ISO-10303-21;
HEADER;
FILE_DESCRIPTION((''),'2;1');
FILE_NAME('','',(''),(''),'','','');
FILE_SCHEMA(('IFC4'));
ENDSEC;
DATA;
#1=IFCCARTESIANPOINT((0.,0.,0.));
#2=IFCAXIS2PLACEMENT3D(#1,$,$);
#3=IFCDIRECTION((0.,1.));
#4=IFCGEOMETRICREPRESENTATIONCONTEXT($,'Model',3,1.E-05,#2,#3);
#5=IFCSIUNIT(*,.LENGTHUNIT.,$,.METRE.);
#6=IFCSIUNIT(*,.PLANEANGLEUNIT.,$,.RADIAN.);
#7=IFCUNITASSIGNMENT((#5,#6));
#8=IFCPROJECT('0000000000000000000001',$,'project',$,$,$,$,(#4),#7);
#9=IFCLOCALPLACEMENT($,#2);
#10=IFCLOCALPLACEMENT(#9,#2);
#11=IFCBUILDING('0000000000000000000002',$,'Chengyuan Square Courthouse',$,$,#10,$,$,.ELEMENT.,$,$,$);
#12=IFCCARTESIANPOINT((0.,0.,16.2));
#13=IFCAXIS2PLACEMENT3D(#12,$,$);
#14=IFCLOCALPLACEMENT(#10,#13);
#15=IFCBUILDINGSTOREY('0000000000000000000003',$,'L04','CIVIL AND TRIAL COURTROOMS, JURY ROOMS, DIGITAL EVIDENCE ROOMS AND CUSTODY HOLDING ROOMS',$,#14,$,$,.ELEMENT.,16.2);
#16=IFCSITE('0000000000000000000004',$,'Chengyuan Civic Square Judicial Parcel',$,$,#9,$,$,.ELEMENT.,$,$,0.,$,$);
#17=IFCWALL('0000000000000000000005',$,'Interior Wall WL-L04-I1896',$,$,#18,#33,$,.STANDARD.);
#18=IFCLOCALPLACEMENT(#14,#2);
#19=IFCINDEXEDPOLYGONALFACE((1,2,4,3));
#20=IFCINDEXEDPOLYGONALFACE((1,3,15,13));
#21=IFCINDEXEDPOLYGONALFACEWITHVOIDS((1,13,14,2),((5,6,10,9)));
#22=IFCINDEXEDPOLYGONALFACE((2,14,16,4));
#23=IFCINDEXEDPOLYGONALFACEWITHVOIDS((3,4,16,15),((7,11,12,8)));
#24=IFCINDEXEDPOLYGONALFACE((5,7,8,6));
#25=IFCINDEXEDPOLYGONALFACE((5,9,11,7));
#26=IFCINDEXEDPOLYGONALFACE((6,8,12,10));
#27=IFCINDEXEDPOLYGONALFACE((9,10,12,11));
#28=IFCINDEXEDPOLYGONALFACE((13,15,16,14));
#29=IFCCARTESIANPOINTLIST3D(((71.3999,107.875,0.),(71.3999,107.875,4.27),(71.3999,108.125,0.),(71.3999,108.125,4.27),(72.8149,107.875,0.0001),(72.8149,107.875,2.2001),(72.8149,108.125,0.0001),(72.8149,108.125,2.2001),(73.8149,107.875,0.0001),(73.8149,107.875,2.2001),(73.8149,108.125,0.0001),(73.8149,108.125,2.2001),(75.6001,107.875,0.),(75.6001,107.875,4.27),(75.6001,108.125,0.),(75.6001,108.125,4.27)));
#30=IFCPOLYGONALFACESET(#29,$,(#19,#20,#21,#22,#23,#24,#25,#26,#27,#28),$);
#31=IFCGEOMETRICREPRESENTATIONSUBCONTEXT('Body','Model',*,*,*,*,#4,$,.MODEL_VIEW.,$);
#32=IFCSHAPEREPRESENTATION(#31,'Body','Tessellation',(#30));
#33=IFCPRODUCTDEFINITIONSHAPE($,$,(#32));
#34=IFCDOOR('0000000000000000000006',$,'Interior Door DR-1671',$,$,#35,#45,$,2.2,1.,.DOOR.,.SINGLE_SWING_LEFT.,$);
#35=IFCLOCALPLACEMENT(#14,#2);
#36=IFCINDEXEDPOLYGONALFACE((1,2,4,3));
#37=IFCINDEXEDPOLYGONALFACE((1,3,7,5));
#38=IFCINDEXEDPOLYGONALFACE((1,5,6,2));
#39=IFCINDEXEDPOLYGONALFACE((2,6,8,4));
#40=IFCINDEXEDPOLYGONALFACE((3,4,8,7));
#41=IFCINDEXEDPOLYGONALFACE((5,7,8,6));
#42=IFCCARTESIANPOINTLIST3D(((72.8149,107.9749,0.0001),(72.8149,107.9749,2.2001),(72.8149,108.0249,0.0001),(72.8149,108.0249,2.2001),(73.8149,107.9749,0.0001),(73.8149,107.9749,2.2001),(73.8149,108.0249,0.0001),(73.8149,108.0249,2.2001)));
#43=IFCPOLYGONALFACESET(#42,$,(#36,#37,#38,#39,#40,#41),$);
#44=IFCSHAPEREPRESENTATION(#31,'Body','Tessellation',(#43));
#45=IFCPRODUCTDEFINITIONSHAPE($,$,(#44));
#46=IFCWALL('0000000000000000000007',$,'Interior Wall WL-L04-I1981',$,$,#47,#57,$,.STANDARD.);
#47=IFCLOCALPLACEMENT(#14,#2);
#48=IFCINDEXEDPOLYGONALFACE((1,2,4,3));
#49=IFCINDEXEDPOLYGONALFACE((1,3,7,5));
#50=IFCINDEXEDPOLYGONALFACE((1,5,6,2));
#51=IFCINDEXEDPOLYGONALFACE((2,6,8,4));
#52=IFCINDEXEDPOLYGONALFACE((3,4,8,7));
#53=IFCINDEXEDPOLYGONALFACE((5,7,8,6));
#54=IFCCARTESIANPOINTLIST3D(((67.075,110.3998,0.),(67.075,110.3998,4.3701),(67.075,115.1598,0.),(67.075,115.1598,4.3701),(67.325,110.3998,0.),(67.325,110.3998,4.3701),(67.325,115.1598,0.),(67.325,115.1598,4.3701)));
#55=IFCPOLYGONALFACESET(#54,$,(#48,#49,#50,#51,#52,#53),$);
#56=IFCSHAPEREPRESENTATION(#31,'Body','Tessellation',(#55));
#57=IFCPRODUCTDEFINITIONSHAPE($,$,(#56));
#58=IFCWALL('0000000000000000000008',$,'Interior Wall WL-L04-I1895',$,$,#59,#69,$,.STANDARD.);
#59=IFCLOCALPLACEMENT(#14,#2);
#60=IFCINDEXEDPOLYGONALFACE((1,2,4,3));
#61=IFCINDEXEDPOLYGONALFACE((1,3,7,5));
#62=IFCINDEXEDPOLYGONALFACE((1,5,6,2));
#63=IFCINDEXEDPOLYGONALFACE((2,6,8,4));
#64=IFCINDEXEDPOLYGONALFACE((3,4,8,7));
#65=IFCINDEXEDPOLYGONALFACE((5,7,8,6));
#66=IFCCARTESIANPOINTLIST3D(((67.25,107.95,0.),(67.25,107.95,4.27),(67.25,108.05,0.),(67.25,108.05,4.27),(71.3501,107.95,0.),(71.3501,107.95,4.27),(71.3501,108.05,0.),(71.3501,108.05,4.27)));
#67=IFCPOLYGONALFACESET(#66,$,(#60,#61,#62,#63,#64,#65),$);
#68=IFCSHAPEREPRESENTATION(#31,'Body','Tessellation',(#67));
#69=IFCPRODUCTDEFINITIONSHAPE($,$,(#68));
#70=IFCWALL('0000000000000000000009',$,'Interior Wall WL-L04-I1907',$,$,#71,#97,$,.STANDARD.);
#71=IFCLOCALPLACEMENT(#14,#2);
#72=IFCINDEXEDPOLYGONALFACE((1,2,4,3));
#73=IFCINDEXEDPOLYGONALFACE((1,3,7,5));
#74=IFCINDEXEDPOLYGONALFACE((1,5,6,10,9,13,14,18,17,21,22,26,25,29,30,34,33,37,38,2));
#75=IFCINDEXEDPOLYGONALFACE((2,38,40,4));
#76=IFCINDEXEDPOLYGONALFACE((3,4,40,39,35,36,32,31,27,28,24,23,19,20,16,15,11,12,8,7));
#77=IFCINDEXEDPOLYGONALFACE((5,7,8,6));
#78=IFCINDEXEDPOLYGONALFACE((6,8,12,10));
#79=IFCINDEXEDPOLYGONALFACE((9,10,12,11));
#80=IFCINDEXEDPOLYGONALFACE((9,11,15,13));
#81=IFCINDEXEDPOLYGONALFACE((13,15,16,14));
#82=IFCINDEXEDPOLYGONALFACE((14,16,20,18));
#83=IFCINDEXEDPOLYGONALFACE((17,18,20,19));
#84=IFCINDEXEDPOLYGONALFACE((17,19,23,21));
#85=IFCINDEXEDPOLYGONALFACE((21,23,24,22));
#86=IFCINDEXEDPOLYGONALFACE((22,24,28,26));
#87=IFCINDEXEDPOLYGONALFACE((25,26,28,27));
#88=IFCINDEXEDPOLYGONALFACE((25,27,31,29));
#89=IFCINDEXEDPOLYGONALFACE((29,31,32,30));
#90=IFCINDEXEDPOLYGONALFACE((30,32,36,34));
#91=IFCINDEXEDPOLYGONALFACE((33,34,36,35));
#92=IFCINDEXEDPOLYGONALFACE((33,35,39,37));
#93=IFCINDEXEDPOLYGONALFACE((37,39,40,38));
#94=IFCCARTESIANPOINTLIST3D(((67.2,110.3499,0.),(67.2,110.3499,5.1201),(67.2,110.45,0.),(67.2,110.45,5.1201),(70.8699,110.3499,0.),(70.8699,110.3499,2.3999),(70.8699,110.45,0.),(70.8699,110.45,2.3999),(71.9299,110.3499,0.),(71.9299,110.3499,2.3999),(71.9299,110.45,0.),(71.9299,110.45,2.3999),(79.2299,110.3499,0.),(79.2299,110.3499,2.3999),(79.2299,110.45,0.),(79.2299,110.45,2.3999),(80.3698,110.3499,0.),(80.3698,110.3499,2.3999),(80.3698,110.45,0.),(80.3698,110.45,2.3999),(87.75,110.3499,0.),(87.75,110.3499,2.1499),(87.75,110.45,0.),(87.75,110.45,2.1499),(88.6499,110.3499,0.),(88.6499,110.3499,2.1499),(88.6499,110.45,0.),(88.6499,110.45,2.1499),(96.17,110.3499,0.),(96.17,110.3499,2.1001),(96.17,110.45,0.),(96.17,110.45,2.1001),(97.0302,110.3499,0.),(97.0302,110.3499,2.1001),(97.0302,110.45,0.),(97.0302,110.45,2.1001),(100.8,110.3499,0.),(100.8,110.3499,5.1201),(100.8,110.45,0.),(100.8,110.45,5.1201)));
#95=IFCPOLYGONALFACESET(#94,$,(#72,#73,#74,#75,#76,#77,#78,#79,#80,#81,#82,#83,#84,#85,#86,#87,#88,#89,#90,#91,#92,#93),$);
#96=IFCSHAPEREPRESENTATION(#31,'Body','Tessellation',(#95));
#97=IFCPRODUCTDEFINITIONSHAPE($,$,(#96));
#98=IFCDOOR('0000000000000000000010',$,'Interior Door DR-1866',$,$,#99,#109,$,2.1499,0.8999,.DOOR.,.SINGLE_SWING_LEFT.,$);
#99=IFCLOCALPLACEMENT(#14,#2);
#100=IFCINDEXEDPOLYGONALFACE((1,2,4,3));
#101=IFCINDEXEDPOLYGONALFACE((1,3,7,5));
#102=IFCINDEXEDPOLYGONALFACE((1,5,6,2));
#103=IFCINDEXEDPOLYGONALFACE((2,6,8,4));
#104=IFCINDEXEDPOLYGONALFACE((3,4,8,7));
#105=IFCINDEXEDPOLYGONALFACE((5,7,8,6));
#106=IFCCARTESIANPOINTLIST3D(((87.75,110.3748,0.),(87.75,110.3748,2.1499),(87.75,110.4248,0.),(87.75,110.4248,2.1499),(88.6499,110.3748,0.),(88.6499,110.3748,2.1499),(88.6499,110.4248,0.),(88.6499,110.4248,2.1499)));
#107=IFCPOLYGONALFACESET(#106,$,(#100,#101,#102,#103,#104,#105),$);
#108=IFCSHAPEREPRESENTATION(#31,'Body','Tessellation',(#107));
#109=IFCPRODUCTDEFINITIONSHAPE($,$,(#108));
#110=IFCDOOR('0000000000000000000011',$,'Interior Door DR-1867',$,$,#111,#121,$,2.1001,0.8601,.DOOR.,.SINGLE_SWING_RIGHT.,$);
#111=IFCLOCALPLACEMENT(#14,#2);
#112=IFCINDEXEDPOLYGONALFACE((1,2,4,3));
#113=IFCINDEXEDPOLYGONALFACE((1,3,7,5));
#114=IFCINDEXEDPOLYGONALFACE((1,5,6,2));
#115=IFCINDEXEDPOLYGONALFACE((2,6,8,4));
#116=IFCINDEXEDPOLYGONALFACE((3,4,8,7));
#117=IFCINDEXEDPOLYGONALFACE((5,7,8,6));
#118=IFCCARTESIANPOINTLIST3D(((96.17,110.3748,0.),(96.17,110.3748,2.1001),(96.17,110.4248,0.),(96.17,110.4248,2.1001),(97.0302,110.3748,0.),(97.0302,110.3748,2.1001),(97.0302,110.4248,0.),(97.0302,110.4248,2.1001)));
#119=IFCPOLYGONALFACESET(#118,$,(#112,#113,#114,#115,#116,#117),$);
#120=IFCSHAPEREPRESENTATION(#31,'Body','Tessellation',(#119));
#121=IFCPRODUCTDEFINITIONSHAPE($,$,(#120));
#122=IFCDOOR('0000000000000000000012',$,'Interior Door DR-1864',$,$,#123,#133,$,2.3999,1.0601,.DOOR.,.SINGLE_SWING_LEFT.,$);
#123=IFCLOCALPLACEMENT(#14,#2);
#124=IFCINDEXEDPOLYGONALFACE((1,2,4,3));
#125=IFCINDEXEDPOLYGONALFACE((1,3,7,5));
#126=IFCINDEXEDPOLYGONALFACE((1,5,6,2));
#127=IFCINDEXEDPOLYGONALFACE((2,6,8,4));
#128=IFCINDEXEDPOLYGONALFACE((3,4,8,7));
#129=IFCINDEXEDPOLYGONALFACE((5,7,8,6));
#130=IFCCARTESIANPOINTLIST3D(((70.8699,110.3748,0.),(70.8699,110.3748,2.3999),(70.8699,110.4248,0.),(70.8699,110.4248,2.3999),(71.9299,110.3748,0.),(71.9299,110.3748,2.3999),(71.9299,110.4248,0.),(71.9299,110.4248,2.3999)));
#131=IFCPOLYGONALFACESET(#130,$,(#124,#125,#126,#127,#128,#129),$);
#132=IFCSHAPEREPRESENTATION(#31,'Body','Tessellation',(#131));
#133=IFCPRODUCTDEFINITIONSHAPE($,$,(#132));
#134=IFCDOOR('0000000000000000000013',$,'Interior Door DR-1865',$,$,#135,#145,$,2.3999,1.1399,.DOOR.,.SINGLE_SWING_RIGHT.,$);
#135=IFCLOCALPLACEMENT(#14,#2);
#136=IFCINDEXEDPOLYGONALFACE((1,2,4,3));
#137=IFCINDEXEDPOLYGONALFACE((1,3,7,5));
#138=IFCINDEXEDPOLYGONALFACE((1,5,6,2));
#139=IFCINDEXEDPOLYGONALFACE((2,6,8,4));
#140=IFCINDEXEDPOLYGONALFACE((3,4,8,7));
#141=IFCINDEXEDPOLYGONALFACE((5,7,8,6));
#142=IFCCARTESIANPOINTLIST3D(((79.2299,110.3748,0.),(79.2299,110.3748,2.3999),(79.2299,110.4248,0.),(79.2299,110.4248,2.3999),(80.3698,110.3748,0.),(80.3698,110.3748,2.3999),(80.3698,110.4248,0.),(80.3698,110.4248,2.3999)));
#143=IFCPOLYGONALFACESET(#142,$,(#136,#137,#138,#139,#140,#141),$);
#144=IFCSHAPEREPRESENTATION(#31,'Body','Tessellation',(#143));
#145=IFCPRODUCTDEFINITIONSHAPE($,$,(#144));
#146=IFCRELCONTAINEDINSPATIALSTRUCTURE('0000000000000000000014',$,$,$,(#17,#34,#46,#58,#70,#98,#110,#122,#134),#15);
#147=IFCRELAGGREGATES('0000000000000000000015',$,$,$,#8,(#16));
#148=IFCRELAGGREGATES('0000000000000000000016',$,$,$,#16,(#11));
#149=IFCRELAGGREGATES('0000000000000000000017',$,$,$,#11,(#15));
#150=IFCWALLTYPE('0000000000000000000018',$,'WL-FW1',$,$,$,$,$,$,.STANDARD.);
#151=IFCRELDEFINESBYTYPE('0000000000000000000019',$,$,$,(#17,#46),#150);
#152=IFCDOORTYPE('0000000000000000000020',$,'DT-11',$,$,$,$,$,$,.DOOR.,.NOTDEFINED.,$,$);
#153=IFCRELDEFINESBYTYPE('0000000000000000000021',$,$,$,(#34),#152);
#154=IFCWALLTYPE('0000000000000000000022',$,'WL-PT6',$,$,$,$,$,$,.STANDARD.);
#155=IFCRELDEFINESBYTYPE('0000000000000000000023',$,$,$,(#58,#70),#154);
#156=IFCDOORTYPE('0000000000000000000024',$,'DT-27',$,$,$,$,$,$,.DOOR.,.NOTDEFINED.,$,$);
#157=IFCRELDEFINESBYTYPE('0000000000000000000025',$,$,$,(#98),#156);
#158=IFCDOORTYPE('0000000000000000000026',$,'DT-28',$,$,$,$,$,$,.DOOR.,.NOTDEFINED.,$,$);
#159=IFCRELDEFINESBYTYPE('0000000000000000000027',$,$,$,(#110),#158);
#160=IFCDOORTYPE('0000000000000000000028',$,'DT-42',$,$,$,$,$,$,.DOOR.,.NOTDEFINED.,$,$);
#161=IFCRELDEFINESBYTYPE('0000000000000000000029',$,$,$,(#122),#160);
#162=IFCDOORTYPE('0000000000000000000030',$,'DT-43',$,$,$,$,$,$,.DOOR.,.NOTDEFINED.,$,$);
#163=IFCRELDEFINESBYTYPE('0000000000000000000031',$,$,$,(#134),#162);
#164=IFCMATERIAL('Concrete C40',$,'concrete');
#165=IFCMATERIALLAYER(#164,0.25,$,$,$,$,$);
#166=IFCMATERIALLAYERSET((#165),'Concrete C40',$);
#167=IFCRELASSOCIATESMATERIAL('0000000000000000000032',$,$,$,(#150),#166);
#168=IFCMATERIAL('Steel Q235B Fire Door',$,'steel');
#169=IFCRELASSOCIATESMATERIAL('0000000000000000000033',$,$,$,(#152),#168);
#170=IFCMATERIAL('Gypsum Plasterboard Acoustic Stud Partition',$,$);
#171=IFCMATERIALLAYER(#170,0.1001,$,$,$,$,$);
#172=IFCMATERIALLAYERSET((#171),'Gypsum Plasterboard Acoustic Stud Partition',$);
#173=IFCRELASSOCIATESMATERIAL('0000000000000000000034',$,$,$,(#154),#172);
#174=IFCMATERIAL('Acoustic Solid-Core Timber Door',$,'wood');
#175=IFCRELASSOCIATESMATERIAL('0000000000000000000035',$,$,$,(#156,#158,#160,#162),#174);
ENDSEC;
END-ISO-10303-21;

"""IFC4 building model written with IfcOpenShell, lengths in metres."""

from ifc_helpers import new_model, si_unit, direction, frame, frame_2d, origin, place, context, subcontext, project, spatial, rectangle, extrude, material, layer, layer_set, type_object, element, fill, save


model = new_model("IFC4")

# Units and contexts
model_context = context("Model", 3, precision=1e-05, world=origin(), true_north=direction((0.0, 1.0)))
body_context = subcontext(model_context, "Body", "Model", "MODEL_VIEW")
ifc_project = project(units=[si_unit("LENGTHUNIT", "METRE"), si_unit("PLANEANGLEUNIT", "RADIAN")], contexts=[model_context])

# Site, building, storey
site_placement = place(None, origin())
site = spatial("IfcSite", under=ifc_project, at=site_placement, Name="Chengyuan Civic Square Judicial Parcel", CompositionType="ELEMENT", RefElevation=0.0)
building_placement = place(site_placement, origin())
building = spatial("IfcBuilding", under=site, at=building_placement, Name="Chengyuan Square Courthouse", CompositionType="ELEMENT")
storey_placement = place(building_placement, frame((0.0, 0.0, 16.2)))
storey = spatial("IfcBuildingStorey", under=building, at=storey_placement, Name="L04", Description="CIVIL AND TRIAL COURTROOMS, JURY ROOMS, DIGITAL EVIDENCE ROOMS AND CUSTODY HOLDING ROOMS", CompositionType="ELEMENT", Elevation=16.2)

# Shared definitions
ifc_material_1 = material(Name="Concrete C40", Category="concrete")

# Wall, opening, door
ifc_layer_1 = layer(ifc_material_1, 0.25)
ifc_layer_set_1 = layer_set([ifc_layer_1], Name="Concrete C40")
wall_type_1 = type_object("IfcWallType", Name="WL-FW1", PredefinedType="STANDARD", material=ifc_layer_set_1)
wall_1_placement = place(storey_placement, frame((71.3999, 108.0, 0.0), z_axis=(0.0, 0.0, 1.0), x_axis=(1.0, 0.0, 0.0)))
wall_1 = element("IfcWall", 1, at=wall_1_placement, inside=storey, type_object=wall_type_1, Name="Interior Wall WL-L04-I1896", PredefinedType="STANDARD", context=body_context, shape_type="SweptSolid", body=[
    extrude(rectangle(XDim=4.2002, YDim=0.25, at=frame_2d((2.1001, 0.0))), origin(), (0.0, 0.0, 1.0), 4.27),
])
opening_1_placement = place(wall_1_placement, frame((1.415, 0.0, 0.0)))
opening_1 = element("IfcOpeningElement", 2, at=opening_1_placement, cuts=wall_1, PredefinedType="OPENING", context=body_context, shape_type="SweptSolid", body=[
    extrude(rectangle(XDim=1.0, YDim=2.2, at=frame_2d((0.5, 1.1001))), frame((0.0, 0.137, 0.0), z_axis=(0.0, -1.0, 0.0), x_axis=(1.0, 0.0, 0.0)), (0.0, 0.0, 1.0), 0.2739),
])
ifc_material_2 = material(Name="Steel Q235B Fire Door", Category="steel")
door_type_1 = type_object("IfcDoorType", Name="DT-11", OperationType="NOTDEFINED", PredefinedType="DOOR", material=ifc_material_2)
door_1_placement = place(opening_1_placement, origin())
door_1 = element("IfcDoor", 3, at=door_1_placement, inside=storey, type_object=door_type_1, Name="Interior Door DR-1671", OperationType="SINGLE_SWING_LEFT", OverallHeight=2.2, OverallWidth=1.0, PredefinedType="DOOR", context=body_context, shape_type="SweptSolid", body=[
    extrude(rectangle(XDim=1.0, YDim=2.2, at=frame_2d((0.5, 1.1001))), frame((0.0, 0.0249, 0.0), z_axis=(0.0, -1.0, 0.0), x_axis=(1.0, 0.0, 0.0)), (0.0, 0.0, 1.0), 0.05),
])
fill(opening_1, door_1)

# Walls
wall_2_placement = place(storey_placement, frame((67.2, 110.3999, 0.0), z_axis=(0.0, 0.0, 1.0), x_axis=(0.0, 1.0, 0.0)))
element("IfcWall", 4, at=wall_2_placement, inside=storey, type_object=wall_type_1, Name="Interior Wall WL-L04-I1981", PredefinedType="STANDARD", context=body_context, shape_type="SweptSolid", body=[
    extrude(rectangle(XDim=4.76, YDim=0.25, at=frame_2d((2.3799, 0.0))), origin(), (0.0, 0.0, 1.0), 4.3701),
])
ifc_material_3 = material(Name="Gypsum Plasterboard Acoustic Stud Partition")
ifc_layer_2 = layer(ifc_material_3, 0.1001)
ifc_layer_set_2 = layer_set([ifc_layer_2], Name="Gypsum Plasterboard Acoustic Stud Partition")
wall_type_2 = type_object("IfcWallType", Name="WL-PT6", PredefinedType="STANDARD", material=ifc_layer_set_2)
wall_3_placement = place(storey_placement, frame((67.25, 108.0, 0.0), z_axis=(0.0, 0.0, 1.0), x_axis=(1.0, 0.0, 0.0)))
element("IfcWall", 5, at=wall_3_placement, inside=storey, type_object=wall_type_2, Name="Interior Wall WL-L04-I1895", PredefinedType="STANDARD", context=body_context, shape_type="SweptSolid", body=[
    extrude(rectangle(XDim=4.1001, YDim=0.1001, at=frame_2d((2.05, 0.0))), origin(), (0.0, 0.0, 1.0), 4.27),
])

# Wall, openings, doors
wall_4_placement = place(storey_placement, frame((67.2, 110.3999, 0.0), z_axis=(0.0, 0.0, 1.0), x_axis=(1.0, 0.0, 0.0)))
wall_4 = element("IfcWall", 6, at=wall_4_placement, inside=storey, type_object=wall_type_2, Name="Interior Wall WL-L04-I1907", PredefinedType="STANDARD", context=body_context, shape_type="SweptSolid", body=[
    extrude(rectangle(XDim=33.6001, YDim=0.1001, at=frame_2d((16.8, 0.0))), origin(), (0.0, 0.0, 1.0), 5.1201),
])
opening_2_placement = place(wall_4_placement, frame((3.6699, 0.0, 0.0)))
opening_2 = element("IfcOpeningElement", 7, at=opening_2_placement, cuts=wall_4, PredefinedType="OPENING", context=body_context, shape_type="SweptSolid", body=[
    extrude(rectangle(XDim=1.0601, YDim=2.3999, at=frame_2d((0.53, 1.2))), frame((0.0, 0.062, 0.0), z_axis=(0.0, -1.0, 0.0), x_axis=(1.0, 0.0, 0.0)), (0.0, 0.0, 1.0), 0.124),
])
opening_3_placement = place(wall_4_placement, frame((12.03, 0.0, 0.0)))
opening_3 = element("IfcOpeningElement", 8, at=opening_3_placement, cuts=wall_4, PredefinedType="OPENING", context=body_context, shape_type="SweptSolid", body=[
    extrude(rectangle(XDim=1.1399, YDim=2.3999, at=frame_2d((0.5698, 1.2))), frame((0.0, 0.062, 0.0), z_axis=(0.0, -1.0, 0.0), x_axis=(1.0, 0.0, 0.0)), (0.0, 0.0, 1.0), 0.124),
])
opening_4_placement = place(wall_4_placement, frame((20.55, 0.0, 0.0)))
opening_4 = element("IfcOpeningElement", 9, at=opening_4_placement, cuts=wall_4, PredefinedType="OPENING", context=body_context, shape_type="SweptSolid", body=[
    extrude(rectangle(XDim=0.8999, YDim=2.1499, at=frame_2d((0.45, 1.075))), frame((0.0, 0.062, 0.0), z_axis=(0.0, -1.0, 0.0), x_axis=(1.0, 0.0, 0.0)), (0.0, 0.0, 1.0), 0.124),
])
opening_5_placement = place(wall_4_placement, frame((28.97, 0.0, 0.0)))
opening_5 = element("IfcOpeningElement", 10, at=opening_5_placement, cuts=wall_4, PredefinedType="OPENING", context=body_context, shape_type="SweptSolid", body=[
    extrude(rectangle(XDim=0.8601, YDim=2.1001, at=frame_2d((0.4302, 1.05))), frame((0.0, 0.062, 0.0), z_axis=(0.0, -1.0, 0.0), x_axis=(1.0, 0.0, 0.0)), (0.0, 0.0, 1.0), 0.124),
])
ifc_material_4 = material(Name="Acoustic Solid-Core Timber Door", Category="wood")
door_type_2 = type_object("IfcDoorType", Name="DT-27", OperationType="NOTDEFINED", PredefinedType="DOOR", material=ifc_material_4)
door_2_placement = place(opening_4_placement, origin())
door_2 = element("IfcDoor", 11, at=door_2_placement, inside=storey, type_object=door_type_2, Name="Interior Door DR-1866", OperationType="SINGLE_SWING_LEFT", OverallHeight=2.1499, OverallWidth=0.8999, PredefinedType="DOOR", context=body_context, shape_type="SweptSolid", body=[
    extrude(rectangle(XDim=0.8999, YDim=2.1499, at=frame_2d((0.45, 1.075))), frame((0.0, 0.0249, 0.0), z_axis=(0.0, -1.0, 0.0), x_axis=(1.0, 0.0, 0.0)), (0.0, 0.0, 1.0), 0.05),
])
fill(opening_4, door_2)
door_type_3 = type_object("IfcDoorType", Name="DT-28", OperationType="NOTDEFINED", PredefinedType="DOOR", material=ifc_material_4)
door_3_placement = place(opening_5_placement, origin())
door_3 = element("IfcDoor", 12, at=door_3_placement, inside=storey, type_object=door_type_3, Name="Interior Door DR-1867", OperationType="SINGLE_SWING_RIGHT", OverallHeight=2.1001, OverallWidth=0.8601, PredefinedType="DOOR", context=body_context, shape_type="SweptSolid", body=[
    extrude(rectangle(XDim=0.8601, YDim=2.1001, at=frame_2d((0.4302, 1.05))), frame((0.0, 0.0249, 0.0), z_axis=(0.0, -1.0, 0.0), x_axis=(1.0, 0.0, 0.0)), (0.0, 0.0, 1.0), 0.05),
])
fill(opening_5, door_3)
door_type_4 = type_object("IfcDoorType", Name="DT-42", OperationType="NOTDEFINED", PredefinedType="DOOR", material=ifc_material_4)
door_4_placement = place(opening_2_placement, origin())
door_4 = element("IfcDoor", 13, at=door_4_placement, inside=storey, type_object=door_type_4, Name="Interior Door DR-1864", OperationType="SINGLE_SWING_LEFT", OverallHeight=2.3999, OverallWidth=1.0601, PredefinedType="DOOR", context=body_context, shape_type="SweptSolid", body=[
    extrude(rectangle(XDim=1.0601, YDim=2.3999, at=frame_2d((0.53, 1.2))), frame((0.0, 0.0249, 0.0), z_axis=(0.0, -1.0, 0.0), x_axis=(1.0, 0.0, 0.0)), (0.0, 0.0, 1.0), 0.05),
])
fill(opening_2, door_4)
door_type_5 = type_object("IfcDoorType", Name="DT-43", OperationType="NOTDEFINED", PredefinedType="DOOR", material=ifc_material_4)
door_5_placement = place(opening_3_placement, origin())
door_5 = element("IfcDoor", 14, at=door_5_placement, inside=storey, type_object=door_type_5, Name="Interior Door DR-1865", OperationType="SINGLE_SWING_RIGHT", OverallHeight=2.3999, OverallWidth=1.1399, PredefinedType="DOOR", context=body_context, shape_type="SweptSolid", body=[
    extrude(rectangle(XDim=1.1399, YDim=2.3999, at=frame_2d((0.5698, 1.2))), frame((0.0, 0.0249, 0.0), z_axis=(0.0, -1.0, 0.0), x_axis=(1.0, 0.0, 0.0)), (0.0, 0.0, 1.0), 0.05),
])
fill(opening_3, door_5)

save(model, "model.ifc")
